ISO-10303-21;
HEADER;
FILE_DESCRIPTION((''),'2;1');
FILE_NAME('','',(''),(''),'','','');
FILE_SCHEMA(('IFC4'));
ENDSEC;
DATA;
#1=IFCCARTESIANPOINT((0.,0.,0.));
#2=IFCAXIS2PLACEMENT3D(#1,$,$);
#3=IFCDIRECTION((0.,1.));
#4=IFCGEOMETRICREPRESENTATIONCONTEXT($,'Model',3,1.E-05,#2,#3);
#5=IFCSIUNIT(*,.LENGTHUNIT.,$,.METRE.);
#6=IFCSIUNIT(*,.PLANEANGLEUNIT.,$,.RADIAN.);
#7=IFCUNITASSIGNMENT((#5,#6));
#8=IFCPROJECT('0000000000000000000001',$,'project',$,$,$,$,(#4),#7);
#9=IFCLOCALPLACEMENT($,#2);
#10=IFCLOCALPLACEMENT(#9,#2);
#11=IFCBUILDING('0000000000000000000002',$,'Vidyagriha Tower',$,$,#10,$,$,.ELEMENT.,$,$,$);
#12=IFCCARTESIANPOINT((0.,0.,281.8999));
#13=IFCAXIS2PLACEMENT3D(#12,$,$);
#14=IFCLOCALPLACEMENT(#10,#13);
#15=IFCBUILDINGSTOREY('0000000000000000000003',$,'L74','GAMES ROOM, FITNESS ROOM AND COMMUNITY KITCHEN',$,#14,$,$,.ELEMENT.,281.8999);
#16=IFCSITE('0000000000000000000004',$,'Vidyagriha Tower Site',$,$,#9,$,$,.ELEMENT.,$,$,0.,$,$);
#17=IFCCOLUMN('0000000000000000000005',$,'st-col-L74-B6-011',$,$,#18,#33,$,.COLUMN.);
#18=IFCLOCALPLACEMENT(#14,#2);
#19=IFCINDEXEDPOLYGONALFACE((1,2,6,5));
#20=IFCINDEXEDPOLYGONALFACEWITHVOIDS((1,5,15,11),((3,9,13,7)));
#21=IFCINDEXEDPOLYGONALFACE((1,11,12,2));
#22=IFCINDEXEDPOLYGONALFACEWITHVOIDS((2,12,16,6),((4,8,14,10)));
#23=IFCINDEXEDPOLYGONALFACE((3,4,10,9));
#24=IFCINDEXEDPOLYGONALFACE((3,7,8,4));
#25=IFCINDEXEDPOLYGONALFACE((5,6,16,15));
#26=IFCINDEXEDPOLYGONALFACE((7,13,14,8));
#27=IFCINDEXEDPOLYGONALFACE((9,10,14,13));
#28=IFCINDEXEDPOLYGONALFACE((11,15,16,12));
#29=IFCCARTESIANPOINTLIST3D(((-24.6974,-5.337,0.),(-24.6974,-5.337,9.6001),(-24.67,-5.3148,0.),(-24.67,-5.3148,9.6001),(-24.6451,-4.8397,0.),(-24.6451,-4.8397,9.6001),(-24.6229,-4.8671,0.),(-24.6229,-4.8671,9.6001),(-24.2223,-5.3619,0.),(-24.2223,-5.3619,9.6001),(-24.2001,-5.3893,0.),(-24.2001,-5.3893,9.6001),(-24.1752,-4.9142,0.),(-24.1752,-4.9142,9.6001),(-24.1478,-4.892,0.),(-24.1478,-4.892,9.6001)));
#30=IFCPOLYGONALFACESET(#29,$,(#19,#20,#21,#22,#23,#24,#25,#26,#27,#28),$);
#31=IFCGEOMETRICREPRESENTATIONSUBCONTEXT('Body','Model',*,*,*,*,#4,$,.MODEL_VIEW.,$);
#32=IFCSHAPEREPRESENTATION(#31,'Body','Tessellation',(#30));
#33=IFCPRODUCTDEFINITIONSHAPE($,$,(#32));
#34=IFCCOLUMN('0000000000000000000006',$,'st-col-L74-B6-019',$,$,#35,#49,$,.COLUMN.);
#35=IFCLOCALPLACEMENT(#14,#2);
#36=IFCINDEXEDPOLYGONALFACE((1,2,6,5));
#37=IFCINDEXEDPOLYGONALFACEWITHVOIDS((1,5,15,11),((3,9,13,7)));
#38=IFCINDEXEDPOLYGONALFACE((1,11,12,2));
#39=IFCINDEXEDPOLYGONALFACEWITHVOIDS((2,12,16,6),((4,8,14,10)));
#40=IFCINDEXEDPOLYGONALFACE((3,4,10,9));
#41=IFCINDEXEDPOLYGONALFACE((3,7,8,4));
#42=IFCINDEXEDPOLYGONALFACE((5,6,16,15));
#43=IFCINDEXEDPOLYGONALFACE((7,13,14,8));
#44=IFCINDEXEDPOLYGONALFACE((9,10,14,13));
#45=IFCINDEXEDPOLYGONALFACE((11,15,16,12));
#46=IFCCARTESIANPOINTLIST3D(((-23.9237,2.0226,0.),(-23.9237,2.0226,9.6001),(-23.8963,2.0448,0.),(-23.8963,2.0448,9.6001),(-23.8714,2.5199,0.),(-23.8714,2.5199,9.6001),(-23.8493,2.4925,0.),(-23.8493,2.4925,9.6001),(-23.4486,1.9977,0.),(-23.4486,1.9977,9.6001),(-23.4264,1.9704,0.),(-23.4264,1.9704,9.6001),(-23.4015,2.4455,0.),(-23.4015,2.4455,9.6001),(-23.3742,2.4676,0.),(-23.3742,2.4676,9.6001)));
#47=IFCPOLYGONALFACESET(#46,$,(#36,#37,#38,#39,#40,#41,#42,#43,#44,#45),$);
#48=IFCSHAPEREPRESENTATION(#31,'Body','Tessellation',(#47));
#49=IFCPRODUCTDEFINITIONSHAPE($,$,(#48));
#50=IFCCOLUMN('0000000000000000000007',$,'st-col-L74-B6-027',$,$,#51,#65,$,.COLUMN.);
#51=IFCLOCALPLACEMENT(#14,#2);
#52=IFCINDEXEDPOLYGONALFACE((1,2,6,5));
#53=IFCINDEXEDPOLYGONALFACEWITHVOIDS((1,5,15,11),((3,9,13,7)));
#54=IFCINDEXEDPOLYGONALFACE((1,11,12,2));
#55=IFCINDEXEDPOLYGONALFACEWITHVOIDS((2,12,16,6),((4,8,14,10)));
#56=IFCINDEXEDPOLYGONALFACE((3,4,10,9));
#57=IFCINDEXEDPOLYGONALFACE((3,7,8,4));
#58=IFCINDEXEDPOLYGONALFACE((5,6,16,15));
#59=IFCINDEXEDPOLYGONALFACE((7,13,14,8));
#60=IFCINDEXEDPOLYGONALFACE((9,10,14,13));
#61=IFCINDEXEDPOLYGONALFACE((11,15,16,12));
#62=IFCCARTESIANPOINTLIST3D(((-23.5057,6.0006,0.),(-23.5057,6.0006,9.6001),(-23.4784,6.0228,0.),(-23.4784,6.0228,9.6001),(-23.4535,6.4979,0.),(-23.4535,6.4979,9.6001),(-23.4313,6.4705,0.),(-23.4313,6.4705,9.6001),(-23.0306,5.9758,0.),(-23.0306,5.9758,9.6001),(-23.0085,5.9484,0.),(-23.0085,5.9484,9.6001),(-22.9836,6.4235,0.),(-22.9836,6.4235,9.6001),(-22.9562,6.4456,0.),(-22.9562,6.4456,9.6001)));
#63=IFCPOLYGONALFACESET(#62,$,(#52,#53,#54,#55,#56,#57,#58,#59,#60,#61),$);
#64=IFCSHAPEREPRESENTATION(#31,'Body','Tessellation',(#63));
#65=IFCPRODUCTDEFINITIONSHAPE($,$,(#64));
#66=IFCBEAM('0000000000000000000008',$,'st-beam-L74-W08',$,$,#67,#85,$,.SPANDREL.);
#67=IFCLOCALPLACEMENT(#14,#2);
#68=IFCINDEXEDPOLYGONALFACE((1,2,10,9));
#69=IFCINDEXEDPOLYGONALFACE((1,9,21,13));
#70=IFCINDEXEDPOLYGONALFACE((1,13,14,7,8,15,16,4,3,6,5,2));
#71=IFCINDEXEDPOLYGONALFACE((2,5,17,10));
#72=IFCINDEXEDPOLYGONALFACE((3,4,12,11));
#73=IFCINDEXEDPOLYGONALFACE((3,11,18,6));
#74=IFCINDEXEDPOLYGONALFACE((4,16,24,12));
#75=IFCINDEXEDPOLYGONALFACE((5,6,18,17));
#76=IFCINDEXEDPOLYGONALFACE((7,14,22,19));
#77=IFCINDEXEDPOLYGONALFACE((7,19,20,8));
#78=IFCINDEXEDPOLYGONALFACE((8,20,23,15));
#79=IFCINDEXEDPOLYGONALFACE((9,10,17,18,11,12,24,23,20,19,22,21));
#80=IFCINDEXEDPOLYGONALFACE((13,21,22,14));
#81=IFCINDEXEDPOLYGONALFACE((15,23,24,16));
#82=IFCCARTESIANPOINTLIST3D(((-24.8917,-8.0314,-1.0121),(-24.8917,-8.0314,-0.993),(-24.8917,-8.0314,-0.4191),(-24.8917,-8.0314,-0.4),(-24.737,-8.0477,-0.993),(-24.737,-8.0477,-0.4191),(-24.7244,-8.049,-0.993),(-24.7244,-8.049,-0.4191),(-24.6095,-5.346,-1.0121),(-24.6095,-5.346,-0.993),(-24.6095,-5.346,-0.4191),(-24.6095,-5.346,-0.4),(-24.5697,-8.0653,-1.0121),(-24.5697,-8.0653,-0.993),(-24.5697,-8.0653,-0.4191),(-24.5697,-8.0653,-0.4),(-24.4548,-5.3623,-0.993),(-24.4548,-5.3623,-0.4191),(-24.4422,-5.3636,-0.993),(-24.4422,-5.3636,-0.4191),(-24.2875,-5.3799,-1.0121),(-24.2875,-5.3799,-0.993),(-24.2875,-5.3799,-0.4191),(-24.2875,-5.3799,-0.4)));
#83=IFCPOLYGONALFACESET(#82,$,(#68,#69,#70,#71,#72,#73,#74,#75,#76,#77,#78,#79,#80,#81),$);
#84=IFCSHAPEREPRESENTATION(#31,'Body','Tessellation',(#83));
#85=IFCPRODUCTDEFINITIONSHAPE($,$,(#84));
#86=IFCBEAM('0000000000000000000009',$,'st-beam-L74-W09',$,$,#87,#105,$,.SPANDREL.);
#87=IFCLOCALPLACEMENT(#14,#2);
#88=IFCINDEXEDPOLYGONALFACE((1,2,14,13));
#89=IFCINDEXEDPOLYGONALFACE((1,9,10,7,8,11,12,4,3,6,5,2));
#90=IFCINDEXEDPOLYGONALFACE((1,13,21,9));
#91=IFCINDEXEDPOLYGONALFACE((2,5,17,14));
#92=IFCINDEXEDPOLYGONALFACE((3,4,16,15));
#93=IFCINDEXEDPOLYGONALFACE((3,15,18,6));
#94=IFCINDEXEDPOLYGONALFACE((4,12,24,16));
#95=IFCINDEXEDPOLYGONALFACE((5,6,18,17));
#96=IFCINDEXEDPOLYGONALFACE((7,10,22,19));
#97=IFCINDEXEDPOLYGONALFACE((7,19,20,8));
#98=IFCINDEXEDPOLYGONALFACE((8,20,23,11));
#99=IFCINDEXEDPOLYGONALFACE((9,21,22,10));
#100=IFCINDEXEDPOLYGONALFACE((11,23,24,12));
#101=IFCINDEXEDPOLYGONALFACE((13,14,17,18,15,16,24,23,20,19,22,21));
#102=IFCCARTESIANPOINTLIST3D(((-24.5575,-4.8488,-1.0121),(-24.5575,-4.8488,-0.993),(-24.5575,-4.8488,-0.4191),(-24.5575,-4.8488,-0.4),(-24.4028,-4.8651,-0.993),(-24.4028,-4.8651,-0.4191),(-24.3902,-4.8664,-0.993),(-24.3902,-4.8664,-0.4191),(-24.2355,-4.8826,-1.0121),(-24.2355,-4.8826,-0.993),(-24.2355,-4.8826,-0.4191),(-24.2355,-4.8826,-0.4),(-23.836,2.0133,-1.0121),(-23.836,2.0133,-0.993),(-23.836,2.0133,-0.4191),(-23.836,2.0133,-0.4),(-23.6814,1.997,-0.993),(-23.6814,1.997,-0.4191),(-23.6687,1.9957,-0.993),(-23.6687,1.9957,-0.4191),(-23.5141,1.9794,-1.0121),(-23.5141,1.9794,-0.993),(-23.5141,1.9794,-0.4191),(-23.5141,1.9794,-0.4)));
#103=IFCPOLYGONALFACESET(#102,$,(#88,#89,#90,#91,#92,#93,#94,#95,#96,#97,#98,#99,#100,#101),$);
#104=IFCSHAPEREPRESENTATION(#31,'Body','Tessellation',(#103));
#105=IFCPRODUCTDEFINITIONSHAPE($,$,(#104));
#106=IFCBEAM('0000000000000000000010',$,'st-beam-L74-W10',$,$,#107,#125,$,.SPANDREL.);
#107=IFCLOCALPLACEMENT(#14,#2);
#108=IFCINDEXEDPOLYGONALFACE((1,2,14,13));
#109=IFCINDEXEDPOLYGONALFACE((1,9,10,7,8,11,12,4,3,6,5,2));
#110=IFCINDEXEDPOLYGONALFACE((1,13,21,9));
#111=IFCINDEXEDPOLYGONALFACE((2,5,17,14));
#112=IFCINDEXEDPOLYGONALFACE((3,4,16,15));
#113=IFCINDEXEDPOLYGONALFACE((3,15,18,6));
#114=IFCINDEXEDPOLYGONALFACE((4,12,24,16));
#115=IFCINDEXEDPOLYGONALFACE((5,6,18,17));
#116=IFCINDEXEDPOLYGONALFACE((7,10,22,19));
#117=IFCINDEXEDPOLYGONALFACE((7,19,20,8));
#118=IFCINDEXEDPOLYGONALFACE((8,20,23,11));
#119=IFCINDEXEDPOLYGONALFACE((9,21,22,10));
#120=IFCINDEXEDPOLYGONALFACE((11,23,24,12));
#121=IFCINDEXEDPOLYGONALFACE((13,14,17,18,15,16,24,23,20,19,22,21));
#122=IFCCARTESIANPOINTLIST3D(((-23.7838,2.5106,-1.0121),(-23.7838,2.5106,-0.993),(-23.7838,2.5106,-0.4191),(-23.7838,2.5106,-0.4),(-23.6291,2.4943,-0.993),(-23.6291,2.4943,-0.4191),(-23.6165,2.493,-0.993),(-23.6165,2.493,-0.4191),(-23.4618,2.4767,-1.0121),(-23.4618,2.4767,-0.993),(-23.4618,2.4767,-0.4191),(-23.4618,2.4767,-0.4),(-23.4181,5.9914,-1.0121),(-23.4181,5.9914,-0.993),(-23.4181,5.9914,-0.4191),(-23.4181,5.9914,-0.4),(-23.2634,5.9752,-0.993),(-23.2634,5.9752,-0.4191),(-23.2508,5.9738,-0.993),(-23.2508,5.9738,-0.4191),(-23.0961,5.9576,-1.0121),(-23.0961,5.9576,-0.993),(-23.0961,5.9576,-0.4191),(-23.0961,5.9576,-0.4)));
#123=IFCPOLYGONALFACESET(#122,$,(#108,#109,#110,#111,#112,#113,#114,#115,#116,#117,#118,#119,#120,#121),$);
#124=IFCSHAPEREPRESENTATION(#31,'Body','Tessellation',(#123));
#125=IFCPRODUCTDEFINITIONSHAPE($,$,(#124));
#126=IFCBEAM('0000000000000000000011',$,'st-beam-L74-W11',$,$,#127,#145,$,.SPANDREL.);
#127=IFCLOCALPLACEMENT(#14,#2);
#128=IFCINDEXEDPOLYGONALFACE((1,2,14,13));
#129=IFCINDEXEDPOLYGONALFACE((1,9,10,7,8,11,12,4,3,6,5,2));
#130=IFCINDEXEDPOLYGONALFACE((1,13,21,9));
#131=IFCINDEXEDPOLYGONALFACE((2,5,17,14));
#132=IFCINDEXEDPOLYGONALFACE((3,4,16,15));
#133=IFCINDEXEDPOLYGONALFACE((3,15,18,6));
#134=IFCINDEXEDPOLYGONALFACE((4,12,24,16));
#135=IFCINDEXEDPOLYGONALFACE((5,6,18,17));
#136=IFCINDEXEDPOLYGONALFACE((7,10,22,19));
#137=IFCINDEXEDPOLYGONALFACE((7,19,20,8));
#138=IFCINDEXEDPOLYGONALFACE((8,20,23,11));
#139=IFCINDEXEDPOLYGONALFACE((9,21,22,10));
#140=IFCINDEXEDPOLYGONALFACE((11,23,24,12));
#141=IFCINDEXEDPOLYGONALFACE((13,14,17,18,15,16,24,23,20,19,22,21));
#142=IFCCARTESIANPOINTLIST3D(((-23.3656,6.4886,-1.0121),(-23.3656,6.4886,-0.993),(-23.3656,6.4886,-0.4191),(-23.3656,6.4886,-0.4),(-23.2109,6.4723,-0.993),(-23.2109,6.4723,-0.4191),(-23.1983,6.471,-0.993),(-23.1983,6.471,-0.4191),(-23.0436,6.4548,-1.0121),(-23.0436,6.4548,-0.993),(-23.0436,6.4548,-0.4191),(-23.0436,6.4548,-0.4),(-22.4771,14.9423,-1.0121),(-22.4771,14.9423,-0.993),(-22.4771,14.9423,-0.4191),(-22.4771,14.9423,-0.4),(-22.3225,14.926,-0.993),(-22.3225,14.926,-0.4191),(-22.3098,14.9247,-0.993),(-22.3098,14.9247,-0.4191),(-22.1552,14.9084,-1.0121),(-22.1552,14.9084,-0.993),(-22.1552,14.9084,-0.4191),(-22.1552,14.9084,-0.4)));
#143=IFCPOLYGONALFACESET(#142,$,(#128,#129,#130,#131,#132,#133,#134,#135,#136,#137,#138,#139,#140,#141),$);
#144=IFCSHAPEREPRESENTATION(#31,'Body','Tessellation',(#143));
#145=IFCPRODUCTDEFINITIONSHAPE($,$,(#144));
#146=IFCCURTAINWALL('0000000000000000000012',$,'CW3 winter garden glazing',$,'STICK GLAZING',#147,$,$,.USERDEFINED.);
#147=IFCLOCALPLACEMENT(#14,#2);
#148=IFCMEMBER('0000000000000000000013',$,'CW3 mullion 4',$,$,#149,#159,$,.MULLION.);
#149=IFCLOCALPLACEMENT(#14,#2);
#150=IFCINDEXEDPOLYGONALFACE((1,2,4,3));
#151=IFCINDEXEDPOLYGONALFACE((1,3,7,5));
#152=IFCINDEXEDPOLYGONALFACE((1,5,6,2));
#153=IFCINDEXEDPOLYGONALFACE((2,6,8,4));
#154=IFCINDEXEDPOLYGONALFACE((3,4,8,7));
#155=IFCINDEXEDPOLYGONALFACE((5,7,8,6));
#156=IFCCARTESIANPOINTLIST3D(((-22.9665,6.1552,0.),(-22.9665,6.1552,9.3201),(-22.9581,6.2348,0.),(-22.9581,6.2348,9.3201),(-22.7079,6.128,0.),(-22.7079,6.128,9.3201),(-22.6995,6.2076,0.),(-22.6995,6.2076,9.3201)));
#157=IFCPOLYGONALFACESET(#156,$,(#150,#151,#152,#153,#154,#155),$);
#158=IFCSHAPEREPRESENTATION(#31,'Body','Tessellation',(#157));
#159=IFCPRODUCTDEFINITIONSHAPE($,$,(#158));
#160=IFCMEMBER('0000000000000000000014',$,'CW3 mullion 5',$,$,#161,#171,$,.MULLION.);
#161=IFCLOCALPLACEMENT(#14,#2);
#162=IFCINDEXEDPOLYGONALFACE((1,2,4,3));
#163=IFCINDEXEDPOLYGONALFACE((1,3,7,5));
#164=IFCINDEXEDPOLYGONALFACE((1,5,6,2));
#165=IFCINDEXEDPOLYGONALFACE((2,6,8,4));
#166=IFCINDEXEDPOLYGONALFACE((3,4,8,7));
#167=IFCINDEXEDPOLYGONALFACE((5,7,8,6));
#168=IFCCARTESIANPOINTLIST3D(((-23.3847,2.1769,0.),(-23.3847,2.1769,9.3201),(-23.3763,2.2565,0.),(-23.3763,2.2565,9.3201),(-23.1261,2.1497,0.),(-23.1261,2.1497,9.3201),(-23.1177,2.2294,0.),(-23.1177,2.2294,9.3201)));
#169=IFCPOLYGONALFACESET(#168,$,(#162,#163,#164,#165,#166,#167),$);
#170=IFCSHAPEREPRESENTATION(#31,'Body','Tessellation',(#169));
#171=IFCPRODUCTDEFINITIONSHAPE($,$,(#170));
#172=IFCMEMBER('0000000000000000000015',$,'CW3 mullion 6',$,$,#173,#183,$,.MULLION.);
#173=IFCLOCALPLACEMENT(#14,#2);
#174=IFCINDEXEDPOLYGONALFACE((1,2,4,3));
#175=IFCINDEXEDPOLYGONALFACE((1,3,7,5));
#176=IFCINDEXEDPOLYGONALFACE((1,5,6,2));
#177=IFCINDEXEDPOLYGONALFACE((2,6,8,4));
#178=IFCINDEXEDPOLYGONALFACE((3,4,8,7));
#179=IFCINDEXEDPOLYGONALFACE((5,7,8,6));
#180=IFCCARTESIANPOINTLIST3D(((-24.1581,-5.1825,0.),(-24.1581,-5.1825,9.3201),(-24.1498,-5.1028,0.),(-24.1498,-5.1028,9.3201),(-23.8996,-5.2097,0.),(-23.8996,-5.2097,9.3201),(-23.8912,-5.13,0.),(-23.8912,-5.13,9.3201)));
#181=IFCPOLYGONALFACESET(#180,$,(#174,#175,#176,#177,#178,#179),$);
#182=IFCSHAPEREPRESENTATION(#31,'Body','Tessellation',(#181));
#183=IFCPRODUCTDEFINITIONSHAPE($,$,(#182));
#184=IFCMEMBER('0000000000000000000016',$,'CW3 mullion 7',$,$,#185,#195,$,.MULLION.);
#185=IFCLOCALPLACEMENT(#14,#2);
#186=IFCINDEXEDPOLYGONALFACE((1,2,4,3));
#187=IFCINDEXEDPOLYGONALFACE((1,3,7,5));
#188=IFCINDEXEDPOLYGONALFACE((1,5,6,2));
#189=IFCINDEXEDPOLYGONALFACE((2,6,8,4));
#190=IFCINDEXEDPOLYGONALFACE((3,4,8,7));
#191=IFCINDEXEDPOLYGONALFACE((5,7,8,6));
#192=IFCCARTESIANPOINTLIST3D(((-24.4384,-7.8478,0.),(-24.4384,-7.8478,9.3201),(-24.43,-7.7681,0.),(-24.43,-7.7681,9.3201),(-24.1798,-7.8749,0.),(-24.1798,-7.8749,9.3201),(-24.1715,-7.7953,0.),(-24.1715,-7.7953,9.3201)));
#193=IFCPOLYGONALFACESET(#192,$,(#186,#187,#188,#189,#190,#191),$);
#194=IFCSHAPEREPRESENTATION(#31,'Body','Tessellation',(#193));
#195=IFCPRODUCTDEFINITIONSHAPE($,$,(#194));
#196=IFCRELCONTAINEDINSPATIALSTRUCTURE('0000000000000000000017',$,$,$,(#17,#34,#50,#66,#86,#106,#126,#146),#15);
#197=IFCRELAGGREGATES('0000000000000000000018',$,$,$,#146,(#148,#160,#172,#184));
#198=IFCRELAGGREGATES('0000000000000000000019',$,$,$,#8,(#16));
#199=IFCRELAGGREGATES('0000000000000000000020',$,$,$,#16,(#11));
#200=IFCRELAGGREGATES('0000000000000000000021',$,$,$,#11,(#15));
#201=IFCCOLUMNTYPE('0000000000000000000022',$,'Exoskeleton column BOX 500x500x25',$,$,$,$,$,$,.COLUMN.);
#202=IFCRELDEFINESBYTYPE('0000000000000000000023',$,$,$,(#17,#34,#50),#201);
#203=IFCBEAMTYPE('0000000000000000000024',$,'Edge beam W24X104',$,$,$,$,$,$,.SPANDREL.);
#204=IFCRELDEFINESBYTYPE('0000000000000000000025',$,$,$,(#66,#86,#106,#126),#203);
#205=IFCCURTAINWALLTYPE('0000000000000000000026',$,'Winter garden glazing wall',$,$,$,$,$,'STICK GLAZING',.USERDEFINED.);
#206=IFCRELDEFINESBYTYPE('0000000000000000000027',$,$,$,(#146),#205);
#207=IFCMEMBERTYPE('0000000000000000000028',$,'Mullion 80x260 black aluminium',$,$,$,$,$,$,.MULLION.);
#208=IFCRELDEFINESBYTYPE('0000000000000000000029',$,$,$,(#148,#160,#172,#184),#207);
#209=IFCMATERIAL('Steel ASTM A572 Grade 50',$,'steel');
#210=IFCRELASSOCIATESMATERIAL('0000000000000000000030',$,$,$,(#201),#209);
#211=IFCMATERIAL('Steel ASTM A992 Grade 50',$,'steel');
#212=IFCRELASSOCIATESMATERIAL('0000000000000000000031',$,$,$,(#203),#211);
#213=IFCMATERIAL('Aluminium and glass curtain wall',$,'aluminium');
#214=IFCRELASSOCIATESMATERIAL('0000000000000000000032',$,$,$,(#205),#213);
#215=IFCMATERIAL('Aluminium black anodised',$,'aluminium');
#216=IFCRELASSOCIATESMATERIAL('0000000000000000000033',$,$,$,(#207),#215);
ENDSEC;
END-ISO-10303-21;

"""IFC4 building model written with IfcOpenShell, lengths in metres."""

from ifc_helpers import new_model, si_unit, direction, frame, origin, origin_2d, place, context, subcontext, project, spatial, rectangle, hollow_rectangle, i_section, extrude, material, material_profile, profile_set, type_object, element, aggregate, save


model = new_model("IFC4")

# Units and contexts
model_context = context("Model", 3, precision=1e-05, world=origin(), true_north=direction((0.0, 1.0)))
body_context = subcontext(model_context, "Body", "Model", "MODEL_VIEW")
ifc_project = project(units=[si_unit("LENGTHUNIT", "METRE"), si_unit("PLANEANGLEUNIT", "RADIAN")], contexts=[model_context])

# Site, building, storey
site_placement = place(None, origin())
site = spatial("IfcSite", under=ifc_project, at=site_placement, Name="Vidyagriha Tower Site", CompositionType="ELEMENT", RefElevation=0.0)
building_placement = place(site_placement, origin())
building = spatial("IfcBuilding", under=site, at=building_placement, Name="Vidyagriha Tower", CompositionType="ELEMENT")
storey_placement = place(building_placement, frame((0.0, 0.0, 281.8999)))
storey = spatial("IfcBuildingStorey", under=building, at=storey_placement, Name="L74", Description="GAMES ROOM, FITNESS ROOM AND COMMUNITY KITCHEN", CompositionType="ELEMENT", Elevation=281.8999)

# Columns
ifc_material_1 = material(Name="Steel ASTM A572 Grade 50", Category="steel")
ifc_material_profile_1 = material_profile(ifc_material_1, hollow_rectangle(XDim=0.5, YDim=0.5, WallThickness=0.0249, at=origin_2d()), Name="BOX 500x500x25")
ifc_profile_set_1 = profile_set([ifc_material_profile_1], Name="Steel ASTM A572 Grade 50")
column_type = type_object("IfcColumnType", Name="Exoskeleton column BOX 500x500x25", PredefinedType="COLUMN", material=ifc_profile_set_1)
for number, where, z_axis, x_axis, name in (
    (1, (-24.4226, -5.1145, 0.0), (0.0, 0.0, 1.0), (0.994522, -0.104528, 0.0), "st-col-L74-B6-011"),
    (2, (-23.6489, 2.2451, 0.0), (0.0, 0.0, 1.0), (0.994522, -0.104528, 0.0), "st-col-L74-B6-019"),
    (3, (-23.231, 6.2231, 0.0), (0.0, 0.0, 1.0), (0.994522, -0.104528, 0.0), "st-col-L74-B6-027"),
):
    element("IfcColumn", number, at=place(storey_placement, frame(where, z_axis=z_axis, x_axis=x_axis)), inside=storey, type_object=column_type, Name=name, PredefinedType="COLUMN", context=body_context, shape_type="SweptSolid", body=[
        extrude(hollow_rectangle(XDim=0.5, YDim=0.5, WallThickness=0.0249, at=origin_2d()), origin(), (0.0, 0.0, 1.0), 9.6001),
    ])

# Beams
ifc_material_2 = material(Name="Steel ASTM A992 Grade 50", Category="steel")
ifc_material_profile_2 = material_profile(ifc_material_2, i_section(OverallWidth=0.3237, OverallDepth=0.6121, WebThickness=0.0127, FlangeThickness=0.019, at=origin_2d()), Name="W24X104")
ifc_profile_set_2 = profile_set([ifc_material_profile_2], Name="Steel ASTM A992 Grade 50")
beam_type = type_object("IfcBeamType", Name="Edge beam W24X104", PredefinedType="SPANDREL", material=ifc_profile_set_2)
beam_1_placement = place(storey_placement, frame((-24.7307, -8.0483, -0.7061), z_axis=(0.104525, 0.994522, 0.0), x_axis=(-0.994522, 0.104525, 0.0)))
element("IfcBeam", 4, at=beam_1_placement, inside=storey, type_object=beam_type, Name="st-beam-L74-W08", PredefinedType="SPANDREL", context=body_context, shape_type="SweptSolid", body=[
    extrude(i_section(OverallWidth=0.3237, OverallDepth=0.6121, WebThickness=0.0127, FlangeThickness=0.019, at=origin_2d()), origin(), (0.0, 0.0, 1.0), 2.7002),
])
beam_2_placement = place(storey_placement, frame((-24.3965, -4.8657, -0.7061), z_axis=(0.104558, 0.994519, 0.0), x_axis=(-0.994519, 0.104558, 0.0)))
element("IfcBeam", 5, at=beam_2_placement, inside=storey, type_object=beam_type, Name="st-beam-L74-W09", PredefinedType="SPANDREL", context=body_context, shape_type="SweptSolid", body=[
    extrude(i_section(OverallWidth=0.3237, OverallDepth=0.6121, WebThickness=0.0127, FlangeThickness=0.019, at=origin_2d()), origin(), (0.0, 0.0, 1.0), 6.8999),
])
beam_3_placement = place(storey_placement, frame((-23.6228, 2.4937, -0.7061), z_axis=(0.104489, 0.994526, 0.0), x_axis=(-0.994526, 0.104489, 0.0)))
element("IfcBeam", 6, at=beam_3_placement, inside=storey, type_object=beam_type, Name="st-beam-L74-W10", PredefinedType="SPANDREL", context=body_context, shape_type="SweptSolid", body=[
    extrude(i_section(OverallWidth=0.3237, OverallDepth=0.6121, WebThickness=0.0127, FlangeThickness=0.019, at=origin_2d()), origin(), (0.0, 0.0, 1.0), 3.5),
])
beam_4_placement = place(storey_placement, frame((-23.2046, 6.4717, -0.7061), z_axis=(0.104519, 0.994523, 0.0), x_axis=(-0.994523, 0.104519, 0.0)))
element("IfcBeam", 7, at=beam_4_placement, inside=storey, type_object=beam_type, Name="st-beam-L74-W11", PredefinedType="SPANDREL", context=body_context, shape_type="SweptSolid", body=[
    extrude(i_section(OverallWidth=0.3237, OverallDepth=0.6121, WebThickness=0.0127, FlangeThickness=0.019, at=origin_2d()), origin(), (0.0, 0.0, 1.0), 8.5002),
])

# Curtain wall, members
ifc_material_3 = material(Name="Aluminium and glass curtain wall", Category="aluminium")
curtain_wall_type = type_object("IfcCurtainWallType", Name="Winter garden glazing wall", ElementType="STICK GLAZING", PredefinedType="USERDEFINED", material=ifc_material_3)
curtain_wall_1_placement = place(storey_placement, origin())
curtain_wall_1 = element("IfcCurtainWall", 8, at=curtain_wall_1_placement, inside=storey, type_object=curtain_wall_type, Name="CW3 winter garden glazing", ObjectType="STICK GLAZING", PredefinedType="USERDEFINED")
ifc_material_4 = material(Name="Aluminium black anodised", Category="aluminium")
ifc_material_profile_3 = material_profile(ifc_material_4, rectangle(XDim=0.26, YDim=0.0801, at=origin_2d()), Name="Mullion 80x260 black aluminium")
ifc_profile_set_3 = profile_set([ifc_material_profile_3], Name="Aluminium black anodised")
member_type_1 = type_object("IfcMemberType", Name="Mullion 80x260 black aluminium", PredefinedType="MULLION", material=ifc_profile_set_3)
member_1_placement = place(storey_placement, frame((-22.833, 6.1814, 0.0), z_axis=(0.0, 0.0, 1.0), x_axis=(0.994522, -0.104527, 0.0)))
member_1 = element("IfcMember", 9, at=member_1_placement, type_object=member_type_1, Name="CW3 mullion 4", PredefinedType="MULLION", context=body_context, shape_type="SweptSolid", body=[
    extrude(rectangle(XDim=0.26, YDim=0.0801, at=origin_2d()), origin(), (0.0, 0.0, 1.0), 9.3201),
])
member_2_placement = place(storey_placement, frame((-23.2512, 2.2031, 0.0), z_axis=(0.0, 0.0, 1.0), x_axis=(0.994522, -0.104527, 0.0)))
member_2 = element("IfcMember", 10, at=member_2_placement, type_object=member_type_1, Name="CW3 mullion 5", PredefinedType="MULLION", context=body_context, shape_type="SweptSolid", body=[
    extrude(rectangle(XDim=0.26, YDim=0.0801, at=origin_2d()), origin(), (0.0, 0.0, 1.0), 9.3201),
])
member_3_placement = place(storey_placement, frame((-24.0247, -5.1562, 0.0), z_axis=(0.0, 0.0, 1.0), x_axis=(0.994522, -0.104527, 0.0)))
member_3 = element("IfcMember", 11, at=member_3_placement, type_object=member_type_1, Name="CW3 mullion 6", PredefinedType="MULLION", context=body_context, shape_type="SweptSolid", body=[
    extrude(rectangle(XDim=0.26, YDim=0.0801, at=origin_2d()), origin(), (0.0, 0.0, 1.0), 9.3201),
])
member_4_placement = place(storey_placement, frame((-24.3049, -7.8215, 0.0), z_axis=(0.0, 0.0, 1.0), x_axis=(0.994522, -0.104527, 0.0)))
member_4 = element("IfcMember", 12, at=member_4_placement, type_object=member_type_1, Name="CW3 mullion 7", PredefinedType="MULLION", context=body_context, shape_type="SweptSolid", body=[
    extrude(rectangle(XDim=0.26, YDim=0.0801, at=origin_2d()), origin(), (0.0, 0.0, 1.0), 9.3201),
])

aggregate(curtain_wall_1, [member_1, member_2, member_3, member_4])

save(model, "model.ifc")
